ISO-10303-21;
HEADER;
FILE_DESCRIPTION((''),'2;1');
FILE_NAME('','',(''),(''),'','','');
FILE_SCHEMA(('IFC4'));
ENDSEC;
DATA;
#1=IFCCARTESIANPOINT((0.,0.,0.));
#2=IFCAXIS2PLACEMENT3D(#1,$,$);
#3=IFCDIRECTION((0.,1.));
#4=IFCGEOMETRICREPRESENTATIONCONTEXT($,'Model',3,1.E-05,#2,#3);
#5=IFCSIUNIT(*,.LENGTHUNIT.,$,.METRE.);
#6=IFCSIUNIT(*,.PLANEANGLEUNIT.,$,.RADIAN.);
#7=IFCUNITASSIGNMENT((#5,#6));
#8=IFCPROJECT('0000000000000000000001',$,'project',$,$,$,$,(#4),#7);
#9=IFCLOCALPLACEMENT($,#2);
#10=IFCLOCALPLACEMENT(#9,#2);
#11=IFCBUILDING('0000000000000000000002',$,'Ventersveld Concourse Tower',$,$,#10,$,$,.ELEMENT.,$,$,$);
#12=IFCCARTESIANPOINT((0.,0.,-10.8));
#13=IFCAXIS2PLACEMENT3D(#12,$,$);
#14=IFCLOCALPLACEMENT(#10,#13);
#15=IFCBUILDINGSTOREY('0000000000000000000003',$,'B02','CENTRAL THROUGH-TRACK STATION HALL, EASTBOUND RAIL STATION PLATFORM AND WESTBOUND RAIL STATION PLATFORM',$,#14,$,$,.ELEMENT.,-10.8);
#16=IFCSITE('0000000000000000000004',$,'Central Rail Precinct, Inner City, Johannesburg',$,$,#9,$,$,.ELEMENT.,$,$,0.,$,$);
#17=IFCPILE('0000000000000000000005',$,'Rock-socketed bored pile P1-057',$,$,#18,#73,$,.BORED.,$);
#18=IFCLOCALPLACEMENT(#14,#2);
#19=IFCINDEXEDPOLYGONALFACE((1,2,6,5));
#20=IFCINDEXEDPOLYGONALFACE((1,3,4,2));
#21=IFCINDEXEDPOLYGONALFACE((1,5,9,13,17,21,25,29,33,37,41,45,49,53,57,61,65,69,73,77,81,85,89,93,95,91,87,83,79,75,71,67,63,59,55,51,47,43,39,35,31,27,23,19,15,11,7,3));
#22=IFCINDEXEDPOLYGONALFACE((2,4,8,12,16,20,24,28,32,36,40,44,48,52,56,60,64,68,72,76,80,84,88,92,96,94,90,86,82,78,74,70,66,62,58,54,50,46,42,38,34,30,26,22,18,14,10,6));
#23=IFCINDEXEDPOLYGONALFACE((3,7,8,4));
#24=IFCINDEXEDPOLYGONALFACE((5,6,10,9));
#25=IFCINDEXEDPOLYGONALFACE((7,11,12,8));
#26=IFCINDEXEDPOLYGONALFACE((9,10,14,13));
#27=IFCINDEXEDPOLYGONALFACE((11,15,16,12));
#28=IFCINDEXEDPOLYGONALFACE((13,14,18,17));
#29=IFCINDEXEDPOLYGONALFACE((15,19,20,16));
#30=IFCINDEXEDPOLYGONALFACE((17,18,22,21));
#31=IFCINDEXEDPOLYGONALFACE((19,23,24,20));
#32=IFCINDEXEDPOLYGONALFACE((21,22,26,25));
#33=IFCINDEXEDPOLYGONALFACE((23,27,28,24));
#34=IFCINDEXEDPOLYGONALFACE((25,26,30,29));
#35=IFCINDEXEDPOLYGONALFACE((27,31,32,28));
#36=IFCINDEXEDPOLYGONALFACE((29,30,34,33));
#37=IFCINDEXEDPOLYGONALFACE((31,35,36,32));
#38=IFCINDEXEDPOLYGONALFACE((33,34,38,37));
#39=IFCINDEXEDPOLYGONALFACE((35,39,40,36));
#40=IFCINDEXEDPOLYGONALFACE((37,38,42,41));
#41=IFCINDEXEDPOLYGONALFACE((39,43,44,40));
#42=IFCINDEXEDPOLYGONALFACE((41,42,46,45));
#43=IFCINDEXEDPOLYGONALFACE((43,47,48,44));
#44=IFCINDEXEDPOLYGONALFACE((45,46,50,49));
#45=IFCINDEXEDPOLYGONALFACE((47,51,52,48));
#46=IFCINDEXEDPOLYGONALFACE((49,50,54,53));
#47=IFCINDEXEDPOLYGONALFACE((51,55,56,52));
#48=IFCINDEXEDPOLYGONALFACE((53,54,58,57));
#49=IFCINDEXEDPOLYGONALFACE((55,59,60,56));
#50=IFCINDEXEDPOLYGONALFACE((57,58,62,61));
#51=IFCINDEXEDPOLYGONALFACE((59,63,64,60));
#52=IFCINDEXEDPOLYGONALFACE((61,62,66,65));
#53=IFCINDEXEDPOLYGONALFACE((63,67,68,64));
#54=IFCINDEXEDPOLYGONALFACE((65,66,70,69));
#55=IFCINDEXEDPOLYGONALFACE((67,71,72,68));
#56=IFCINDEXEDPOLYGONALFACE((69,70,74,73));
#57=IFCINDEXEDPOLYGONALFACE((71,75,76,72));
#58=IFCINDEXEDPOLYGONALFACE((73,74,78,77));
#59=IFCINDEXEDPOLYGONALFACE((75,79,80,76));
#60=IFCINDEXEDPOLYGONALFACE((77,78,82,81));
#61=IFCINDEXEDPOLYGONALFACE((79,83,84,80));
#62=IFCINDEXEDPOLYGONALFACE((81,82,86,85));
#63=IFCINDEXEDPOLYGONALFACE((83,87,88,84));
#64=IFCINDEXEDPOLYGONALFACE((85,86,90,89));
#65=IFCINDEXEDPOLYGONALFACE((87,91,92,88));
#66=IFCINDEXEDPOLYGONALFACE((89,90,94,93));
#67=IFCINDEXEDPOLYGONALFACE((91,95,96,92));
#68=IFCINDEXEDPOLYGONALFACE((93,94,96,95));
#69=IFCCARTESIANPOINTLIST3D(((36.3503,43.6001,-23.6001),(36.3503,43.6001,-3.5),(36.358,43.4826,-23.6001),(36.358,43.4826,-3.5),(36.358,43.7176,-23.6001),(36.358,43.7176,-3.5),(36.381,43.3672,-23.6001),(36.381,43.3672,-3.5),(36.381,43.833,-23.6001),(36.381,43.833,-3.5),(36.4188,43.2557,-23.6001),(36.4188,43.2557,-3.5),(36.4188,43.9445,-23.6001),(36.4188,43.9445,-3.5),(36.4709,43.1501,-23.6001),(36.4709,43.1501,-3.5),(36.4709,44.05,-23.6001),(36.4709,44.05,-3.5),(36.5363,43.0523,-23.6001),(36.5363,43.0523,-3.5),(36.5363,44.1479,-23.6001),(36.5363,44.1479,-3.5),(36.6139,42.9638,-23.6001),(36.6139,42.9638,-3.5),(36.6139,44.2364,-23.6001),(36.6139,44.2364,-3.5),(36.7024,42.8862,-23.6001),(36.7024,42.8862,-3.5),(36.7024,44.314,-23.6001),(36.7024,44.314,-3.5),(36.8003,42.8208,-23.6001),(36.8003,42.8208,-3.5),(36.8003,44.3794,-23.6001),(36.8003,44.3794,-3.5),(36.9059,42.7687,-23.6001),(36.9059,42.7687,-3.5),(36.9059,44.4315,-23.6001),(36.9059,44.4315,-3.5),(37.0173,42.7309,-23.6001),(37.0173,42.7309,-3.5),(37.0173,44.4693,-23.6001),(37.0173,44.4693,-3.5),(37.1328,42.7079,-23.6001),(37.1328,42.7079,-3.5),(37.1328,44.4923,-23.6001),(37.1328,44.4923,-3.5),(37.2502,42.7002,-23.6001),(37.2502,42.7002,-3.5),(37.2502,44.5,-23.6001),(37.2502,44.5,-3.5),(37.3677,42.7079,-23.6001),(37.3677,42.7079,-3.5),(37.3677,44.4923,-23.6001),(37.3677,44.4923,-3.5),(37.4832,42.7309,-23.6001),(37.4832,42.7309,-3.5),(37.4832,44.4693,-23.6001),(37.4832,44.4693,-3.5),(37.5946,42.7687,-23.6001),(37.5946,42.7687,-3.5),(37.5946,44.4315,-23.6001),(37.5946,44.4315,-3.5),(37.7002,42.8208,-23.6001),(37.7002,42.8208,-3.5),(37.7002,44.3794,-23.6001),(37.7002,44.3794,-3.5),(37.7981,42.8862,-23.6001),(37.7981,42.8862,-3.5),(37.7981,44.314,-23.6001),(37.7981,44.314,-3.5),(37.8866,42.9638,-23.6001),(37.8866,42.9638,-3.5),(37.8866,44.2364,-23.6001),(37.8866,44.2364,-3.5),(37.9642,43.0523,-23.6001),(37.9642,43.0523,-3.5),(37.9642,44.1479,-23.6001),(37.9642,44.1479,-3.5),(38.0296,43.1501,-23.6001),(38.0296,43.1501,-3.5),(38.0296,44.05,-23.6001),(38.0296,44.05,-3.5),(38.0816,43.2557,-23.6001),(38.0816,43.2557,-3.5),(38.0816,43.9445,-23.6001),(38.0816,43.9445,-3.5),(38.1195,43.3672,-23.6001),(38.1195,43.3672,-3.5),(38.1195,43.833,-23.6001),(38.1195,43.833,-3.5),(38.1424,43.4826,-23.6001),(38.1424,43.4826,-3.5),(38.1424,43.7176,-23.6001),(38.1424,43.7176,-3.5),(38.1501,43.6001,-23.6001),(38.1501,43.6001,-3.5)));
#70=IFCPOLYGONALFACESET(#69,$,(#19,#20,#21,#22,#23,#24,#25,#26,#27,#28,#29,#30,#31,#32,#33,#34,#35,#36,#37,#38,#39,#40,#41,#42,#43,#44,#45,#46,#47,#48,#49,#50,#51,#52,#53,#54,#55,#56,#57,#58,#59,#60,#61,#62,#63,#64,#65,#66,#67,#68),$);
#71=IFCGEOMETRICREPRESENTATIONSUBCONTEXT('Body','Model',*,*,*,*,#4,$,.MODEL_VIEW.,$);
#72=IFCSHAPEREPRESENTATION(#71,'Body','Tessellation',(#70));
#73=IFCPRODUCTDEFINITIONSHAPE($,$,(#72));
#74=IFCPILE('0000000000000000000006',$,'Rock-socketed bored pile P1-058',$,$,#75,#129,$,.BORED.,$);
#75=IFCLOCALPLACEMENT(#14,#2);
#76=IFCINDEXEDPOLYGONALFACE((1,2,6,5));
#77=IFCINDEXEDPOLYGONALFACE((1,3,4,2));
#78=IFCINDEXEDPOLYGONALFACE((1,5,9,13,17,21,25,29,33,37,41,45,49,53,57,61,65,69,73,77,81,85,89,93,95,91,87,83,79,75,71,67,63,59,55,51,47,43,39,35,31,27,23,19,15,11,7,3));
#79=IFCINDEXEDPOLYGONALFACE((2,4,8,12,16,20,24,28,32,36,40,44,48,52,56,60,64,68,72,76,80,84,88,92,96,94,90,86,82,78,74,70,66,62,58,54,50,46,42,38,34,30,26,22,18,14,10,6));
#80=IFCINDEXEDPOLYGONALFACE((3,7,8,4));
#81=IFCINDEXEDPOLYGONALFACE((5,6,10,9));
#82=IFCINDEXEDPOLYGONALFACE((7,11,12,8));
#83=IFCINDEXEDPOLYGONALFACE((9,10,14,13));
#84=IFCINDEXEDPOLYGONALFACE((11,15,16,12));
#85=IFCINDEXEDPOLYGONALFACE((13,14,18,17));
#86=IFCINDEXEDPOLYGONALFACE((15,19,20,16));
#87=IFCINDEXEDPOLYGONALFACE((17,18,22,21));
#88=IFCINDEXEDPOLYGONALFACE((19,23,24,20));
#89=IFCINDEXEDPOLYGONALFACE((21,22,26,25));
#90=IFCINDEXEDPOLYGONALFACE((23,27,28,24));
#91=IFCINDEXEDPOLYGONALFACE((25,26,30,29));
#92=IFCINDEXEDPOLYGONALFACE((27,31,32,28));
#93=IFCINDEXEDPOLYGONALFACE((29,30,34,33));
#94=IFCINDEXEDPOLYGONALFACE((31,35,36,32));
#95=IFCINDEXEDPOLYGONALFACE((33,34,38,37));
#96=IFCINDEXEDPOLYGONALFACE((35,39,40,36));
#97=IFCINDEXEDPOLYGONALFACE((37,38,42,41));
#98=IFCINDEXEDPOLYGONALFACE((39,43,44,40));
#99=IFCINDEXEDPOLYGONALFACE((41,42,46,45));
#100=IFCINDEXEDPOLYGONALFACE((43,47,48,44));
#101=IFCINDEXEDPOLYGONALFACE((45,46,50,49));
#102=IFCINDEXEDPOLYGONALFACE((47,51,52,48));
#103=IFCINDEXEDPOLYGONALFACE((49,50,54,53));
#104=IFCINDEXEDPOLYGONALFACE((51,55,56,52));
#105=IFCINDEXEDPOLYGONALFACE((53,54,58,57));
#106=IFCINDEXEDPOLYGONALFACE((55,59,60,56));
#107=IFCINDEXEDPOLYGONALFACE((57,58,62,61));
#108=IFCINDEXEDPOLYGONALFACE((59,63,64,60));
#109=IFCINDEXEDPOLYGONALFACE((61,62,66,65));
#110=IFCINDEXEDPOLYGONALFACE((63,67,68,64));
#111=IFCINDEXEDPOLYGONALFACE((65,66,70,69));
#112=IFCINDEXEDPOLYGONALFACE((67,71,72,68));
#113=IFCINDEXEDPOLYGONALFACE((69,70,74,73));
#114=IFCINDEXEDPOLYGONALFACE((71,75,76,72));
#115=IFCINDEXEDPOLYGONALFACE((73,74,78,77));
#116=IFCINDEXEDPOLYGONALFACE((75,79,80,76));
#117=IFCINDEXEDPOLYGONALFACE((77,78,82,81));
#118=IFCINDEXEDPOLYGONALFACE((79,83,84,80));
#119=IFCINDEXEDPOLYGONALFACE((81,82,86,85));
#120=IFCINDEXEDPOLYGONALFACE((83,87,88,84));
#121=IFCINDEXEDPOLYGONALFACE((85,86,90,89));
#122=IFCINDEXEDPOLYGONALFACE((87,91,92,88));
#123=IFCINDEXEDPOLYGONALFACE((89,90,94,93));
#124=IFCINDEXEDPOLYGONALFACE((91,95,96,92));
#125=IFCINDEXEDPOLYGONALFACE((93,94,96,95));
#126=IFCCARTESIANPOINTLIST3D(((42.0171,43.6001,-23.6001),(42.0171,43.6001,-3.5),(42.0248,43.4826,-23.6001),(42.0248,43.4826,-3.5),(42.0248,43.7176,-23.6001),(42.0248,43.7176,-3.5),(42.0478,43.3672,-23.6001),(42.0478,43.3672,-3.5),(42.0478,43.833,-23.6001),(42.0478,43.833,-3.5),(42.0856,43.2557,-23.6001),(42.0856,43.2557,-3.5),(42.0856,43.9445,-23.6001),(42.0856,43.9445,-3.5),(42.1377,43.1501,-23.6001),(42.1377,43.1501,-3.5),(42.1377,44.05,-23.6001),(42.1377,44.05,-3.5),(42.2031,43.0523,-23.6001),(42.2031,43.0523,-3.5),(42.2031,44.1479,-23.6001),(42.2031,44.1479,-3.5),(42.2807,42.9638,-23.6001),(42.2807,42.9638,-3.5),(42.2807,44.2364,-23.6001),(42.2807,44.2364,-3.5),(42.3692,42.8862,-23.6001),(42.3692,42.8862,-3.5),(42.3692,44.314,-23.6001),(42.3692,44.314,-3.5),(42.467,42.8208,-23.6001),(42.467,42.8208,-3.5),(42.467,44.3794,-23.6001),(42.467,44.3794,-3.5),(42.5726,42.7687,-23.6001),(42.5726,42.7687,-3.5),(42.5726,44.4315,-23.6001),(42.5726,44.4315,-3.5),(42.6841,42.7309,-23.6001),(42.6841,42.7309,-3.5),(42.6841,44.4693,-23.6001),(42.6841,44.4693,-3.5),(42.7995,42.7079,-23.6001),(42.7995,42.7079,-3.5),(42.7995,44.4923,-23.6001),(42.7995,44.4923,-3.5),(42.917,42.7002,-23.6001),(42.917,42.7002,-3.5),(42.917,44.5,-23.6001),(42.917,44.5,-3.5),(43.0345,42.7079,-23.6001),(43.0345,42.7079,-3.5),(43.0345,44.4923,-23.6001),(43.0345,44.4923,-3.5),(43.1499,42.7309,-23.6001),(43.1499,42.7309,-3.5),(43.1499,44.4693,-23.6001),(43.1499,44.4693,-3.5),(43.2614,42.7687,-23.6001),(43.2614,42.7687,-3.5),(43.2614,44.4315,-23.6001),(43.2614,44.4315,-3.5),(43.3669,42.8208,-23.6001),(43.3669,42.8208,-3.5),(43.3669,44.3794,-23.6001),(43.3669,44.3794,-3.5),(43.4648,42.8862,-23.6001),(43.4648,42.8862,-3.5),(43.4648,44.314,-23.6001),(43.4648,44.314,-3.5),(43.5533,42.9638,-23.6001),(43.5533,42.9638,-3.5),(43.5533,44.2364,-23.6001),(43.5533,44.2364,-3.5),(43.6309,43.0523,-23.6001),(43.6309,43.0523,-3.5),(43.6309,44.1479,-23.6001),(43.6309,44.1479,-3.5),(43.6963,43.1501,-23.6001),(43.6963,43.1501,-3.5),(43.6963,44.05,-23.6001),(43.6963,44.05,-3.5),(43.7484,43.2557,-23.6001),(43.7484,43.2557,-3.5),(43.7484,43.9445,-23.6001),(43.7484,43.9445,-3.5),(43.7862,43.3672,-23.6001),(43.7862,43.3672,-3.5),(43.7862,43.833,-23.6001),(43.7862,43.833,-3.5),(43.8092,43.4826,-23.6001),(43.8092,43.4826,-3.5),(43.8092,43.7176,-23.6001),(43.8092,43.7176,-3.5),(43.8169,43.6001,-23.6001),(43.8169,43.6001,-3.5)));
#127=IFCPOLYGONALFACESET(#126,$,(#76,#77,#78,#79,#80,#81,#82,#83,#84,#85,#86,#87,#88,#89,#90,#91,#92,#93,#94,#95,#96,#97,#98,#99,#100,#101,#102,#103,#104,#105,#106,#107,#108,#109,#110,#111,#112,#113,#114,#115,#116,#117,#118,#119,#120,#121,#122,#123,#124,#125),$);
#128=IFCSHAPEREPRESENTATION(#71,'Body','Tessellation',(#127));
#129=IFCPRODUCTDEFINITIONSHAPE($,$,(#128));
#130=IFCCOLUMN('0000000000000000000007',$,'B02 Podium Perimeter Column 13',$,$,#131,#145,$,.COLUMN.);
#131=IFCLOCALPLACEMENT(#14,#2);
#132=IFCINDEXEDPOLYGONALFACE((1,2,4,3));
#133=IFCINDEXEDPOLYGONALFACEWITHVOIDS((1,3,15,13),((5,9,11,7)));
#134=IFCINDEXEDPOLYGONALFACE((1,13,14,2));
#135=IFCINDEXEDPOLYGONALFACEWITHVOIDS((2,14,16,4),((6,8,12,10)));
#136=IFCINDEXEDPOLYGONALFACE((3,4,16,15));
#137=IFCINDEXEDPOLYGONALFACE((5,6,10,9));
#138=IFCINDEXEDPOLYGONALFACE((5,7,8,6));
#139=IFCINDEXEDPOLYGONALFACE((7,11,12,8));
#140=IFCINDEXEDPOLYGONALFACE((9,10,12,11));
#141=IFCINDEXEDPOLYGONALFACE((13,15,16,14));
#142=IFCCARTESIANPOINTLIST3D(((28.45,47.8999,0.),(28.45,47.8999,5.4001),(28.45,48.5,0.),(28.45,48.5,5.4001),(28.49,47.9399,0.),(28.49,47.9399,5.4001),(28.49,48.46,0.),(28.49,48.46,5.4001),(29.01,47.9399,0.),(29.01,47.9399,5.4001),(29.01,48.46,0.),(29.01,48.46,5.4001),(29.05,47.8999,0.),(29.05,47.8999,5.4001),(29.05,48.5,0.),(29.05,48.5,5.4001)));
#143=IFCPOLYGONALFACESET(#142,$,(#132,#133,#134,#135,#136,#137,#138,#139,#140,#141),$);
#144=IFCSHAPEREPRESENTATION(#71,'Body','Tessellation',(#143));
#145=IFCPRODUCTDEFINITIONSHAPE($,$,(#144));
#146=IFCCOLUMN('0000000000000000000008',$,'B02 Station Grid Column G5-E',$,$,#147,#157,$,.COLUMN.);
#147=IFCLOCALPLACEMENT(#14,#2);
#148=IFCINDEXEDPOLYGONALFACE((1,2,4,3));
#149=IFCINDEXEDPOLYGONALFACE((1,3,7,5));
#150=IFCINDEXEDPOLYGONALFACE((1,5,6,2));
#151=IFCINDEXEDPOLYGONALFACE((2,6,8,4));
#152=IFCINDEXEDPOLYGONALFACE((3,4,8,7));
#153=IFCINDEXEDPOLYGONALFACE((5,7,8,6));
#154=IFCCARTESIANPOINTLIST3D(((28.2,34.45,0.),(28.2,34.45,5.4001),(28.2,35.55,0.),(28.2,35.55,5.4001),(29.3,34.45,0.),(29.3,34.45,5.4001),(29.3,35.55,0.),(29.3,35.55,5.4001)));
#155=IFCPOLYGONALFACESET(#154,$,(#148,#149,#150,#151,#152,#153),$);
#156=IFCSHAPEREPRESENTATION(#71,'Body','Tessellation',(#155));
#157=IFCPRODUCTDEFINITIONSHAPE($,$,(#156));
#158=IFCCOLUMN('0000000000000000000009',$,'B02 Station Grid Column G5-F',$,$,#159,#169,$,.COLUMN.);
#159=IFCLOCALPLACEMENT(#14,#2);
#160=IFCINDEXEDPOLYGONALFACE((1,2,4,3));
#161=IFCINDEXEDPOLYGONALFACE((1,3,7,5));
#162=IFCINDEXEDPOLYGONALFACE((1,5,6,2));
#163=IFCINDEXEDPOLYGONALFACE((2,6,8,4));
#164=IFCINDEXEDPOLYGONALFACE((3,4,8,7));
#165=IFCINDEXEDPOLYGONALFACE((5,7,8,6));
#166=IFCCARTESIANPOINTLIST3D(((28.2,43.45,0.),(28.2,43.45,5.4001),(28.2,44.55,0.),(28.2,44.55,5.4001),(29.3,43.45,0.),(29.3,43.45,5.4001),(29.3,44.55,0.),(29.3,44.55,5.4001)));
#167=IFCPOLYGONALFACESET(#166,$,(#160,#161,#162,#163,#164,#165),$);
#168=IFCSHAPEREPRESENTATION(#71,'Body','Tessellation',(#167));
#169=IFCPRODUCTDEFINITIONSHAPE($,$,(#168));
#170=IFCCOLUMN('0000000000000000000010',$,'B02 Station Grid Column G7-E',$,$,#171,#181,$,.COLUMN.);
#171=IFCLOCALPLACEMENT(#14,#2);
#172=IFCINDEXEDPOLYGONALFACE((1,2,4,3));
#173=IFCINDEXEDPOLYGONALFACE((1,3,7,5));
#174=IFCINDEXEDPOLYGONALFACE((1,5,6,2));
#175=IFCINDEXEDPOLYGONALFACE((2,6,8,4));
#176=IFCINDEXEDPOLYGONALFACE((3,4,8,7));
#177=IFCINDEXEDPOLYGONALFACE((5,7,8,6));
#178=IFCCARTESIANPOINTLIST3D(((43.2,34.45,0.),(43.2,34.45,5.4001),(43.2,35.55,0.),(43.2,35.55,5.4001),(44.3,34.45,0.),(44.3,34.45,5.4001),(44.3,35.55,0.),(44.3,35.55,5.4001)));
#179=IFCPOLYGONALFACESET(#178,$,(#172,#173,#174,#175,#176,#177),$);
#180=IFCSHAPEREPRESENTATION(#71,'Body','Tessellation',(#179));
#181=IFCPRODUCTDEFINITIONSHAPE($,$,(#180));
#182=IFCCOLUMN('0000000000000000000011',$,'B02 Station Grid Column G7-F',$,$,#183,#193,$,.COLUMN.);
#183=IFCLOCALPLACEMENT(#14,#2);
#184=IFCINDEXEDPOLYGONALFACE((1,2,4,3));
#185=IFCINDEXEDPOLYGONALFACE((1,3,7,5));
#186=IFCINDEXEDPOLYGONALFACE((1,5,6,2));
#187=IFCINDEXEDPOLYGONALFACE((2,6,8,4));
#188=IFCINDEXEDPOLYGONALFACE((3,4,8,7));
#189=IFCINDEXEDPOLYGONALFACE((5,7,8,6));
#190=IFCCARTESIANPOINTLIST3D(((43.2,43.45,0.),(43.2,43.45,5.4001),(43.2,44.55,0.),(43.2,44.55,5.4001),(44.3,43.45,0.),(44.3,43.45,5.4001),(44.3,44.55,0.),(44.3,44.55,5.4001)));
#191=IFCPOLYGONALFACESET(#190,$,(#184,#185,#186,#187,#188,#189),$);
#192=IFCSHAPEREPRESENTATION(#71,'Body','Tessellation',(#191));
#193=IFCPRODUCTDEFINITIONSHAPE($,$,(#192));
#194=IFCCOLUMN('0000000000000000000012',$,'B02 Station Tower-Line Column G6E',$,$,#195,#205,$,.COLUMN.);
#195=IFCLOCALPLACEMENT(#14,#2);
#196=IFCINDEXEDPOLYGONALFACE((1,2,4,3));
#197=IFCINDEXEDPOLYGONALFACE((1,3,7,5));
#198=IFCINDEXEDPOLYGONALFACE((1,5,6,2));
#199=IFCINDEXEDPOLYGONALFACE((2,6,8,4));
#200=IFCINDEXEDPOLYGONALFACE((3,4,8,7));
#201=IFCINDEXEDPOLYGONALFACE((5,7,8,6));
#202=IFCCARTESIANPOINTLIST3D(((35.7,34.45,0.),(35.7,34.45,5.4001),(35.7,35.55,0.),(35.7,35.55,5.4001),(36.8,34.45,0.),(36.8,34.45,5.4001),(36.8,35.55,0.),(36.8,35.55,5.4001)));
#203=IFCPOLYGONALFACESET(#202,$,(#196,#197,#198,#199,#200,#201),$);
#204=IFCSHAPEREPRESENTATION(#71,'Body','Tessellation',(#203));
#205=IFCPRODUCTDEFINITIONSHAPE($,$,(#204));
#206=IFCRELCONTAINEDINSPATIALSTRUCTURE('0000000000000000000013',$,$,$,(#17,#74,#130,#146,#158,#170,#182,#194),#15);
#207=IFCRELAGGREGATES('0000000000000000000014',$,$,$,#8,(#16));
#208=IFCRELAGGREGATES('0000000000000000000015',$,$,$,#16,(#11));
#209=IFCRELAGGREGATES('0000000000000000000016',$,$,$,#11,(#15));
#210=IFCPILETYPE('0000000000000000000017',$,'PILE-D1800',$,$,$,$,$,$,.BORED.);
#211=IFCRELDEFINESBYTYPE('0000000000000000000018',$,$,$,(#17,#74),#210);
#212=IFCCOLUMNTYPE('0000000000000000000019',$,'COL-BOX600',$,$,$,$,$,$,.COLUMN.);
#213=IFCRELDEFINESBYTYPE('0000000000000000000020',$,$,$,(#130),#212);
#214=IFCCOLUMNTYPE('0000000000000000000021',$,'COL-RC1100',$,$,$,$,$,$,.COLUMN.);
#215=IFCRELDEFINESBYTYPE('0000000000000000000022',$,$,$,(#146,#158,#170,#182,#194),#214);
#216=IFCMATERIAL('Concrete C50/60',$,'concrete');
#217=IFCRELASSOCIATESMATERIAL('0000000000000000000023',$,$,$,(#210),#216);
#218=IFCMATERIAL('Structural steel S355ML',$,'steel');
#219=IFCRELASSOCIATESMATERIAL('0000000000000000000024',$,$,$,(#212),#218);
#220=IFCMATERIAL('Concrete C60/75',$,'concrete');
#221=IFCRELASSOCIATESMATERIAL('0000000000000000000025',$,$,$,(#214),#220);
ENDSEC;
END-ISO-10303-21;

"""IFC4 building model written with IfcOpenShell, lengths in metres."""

from ifc_helpers import new_model, si_unit, direction, frame, origin, origin_2d, place, context, subcontext, project, spatial, rectangle, hollow_rectangle, circle, extrude, material, material_profile, profile_set, type_object, element, save


model = new_model("IFC4")

# Units and contexts
model_context = context("Model", 3, precision=1e-05, world=origin(), true_north=direction((0.0, 1.0)))
body_context = subcontext(model_context, "Body", "Model", "MODEL_VIEW")
ifc_project = project(units=[si_unit("LENGTHUNIT", "METRE"), si_unit("PLANEANGLEUNIT", "RADIAN")], contexts=[model_context])

# Site, building, storey
site_placement = place(None, origin())
site = spatial("IfcSite", under=ifc_project, at=site_placement, Name="Central Rail Precinct, Inner City, Johannesburg", CompositionType="ELEMENT", RefElevation=0.0)
building_placement = place(site_placement, origin())
building = spatial("IfcBuilding", under=site, at=building_placement, Name="Ventersveld Concourse Tower", CompositionType="ELEMENT")
storey_placement = place(building_placement, frame((0.0, 0.0, -10.8)))
storey = spatial("IfcBuildingStorey", under=building, at=storey_placement, Name="B02", Description="CENTRAL THROUGH-TRACK STATION HALL, EASTBOUND RAIL STATION PLATFORM AND WESTBOUND RAIL STATION PLATFORM", CompositionType="ELEMENT", Elevation=-10.8)

# Piles
ifc_material_1 = material(Name="Concrete C50/60", Category="concrete")
ifc_material_profile_1 = material_profile(ifc_material_1, circle(Radius=0.8999, at=origin_2d()), Name="PILE D1800")
ifc_profile_set_1 = profile_set([ifc_material_profile_1], Name="Concrete C50/60")
pile_type = type_object("IfcPileType", Name="PILE-D1800", PredefinedType="BORED", material=ifc_profile_set_1)
for number, where, z_axis, x_axis, name in (
    (1, (37.2502, 43.6001, -3.5), (0.0, 0.0, -1.0), (1.0, 0.0, 0.0), "Rock-socketed bored pile P1-057"),
    (2, (42.917, 43.6001, -3.5), (0.0, 0.0, -1.0), (1.0, 0.0, 0.0), "Rock-socketed bored pile P1-058"),
):
    element("IfcPile", number, at=place(storey_placement, frame(where, z_axis=z_axis, x_axis=x_axis)), inside=storey, type_object=pile_type, Name=name, PredefinedType="BORED", context=body_context, shape_type="SweptSolid", body=[
        extrude(circle(Radius=0.8999, at=origin_2d()), origin(), (0.0, 0.0, 1.0), 20.1001),
    ])

# Columns
ifc_material_2 = material(Name="Structural steel S355ML", Category="steel")
ifc_material_profile_2 = material_profile(ifc_material_2, hollow_rectangle(XDim=0.6001, YDim=0.6001, WallThickness=0.04, at=origin_2d()), Name="BOX 600x600x40")
ifc_profile_set_2 = profile_set([ifc_material_profile_2], Name="Structural steel S355ML")
column_type_1 = type_object("IfcColumnType", Name="COL-BOX600", PredefinedType="COLUMN", material=ifc_profile_set_2)
column_placement = place(storey_placement, frame((28.75, 48.2, 0.0), z_axis=(0.0, 0.0, 1.0), x_axis=(1.0, 0.0, 0.0)))
element("IfcColumn", 3, at=column_placement, inside=storey, type_object=column_type_1, Name="B02 Podium Perimeter Column 13", PredefinedType="COLUMN", context=body_context, shape_type="SweptSolid", body=[
    extrude(hollow_rectangle(XDim=0.6001, YDim=0.6001, WallThickness=0.04, at=origin_2d()), origin(), (0.0, 0.0, 1.0), 5.4001),
])
ifc_material_3 = material(Name="Concrete C60/75", Category="concrete")
ifc_material_profile_3 = material_profile(ifc_material_3, rectangle(XDim=1.1001, YDim=1.1001, at=origin_2d()), Name="RC 1100x1100")
ifc_profile_set_3 = profile_set([ifc_material_profile_3], Name="Concrete C60/75")
column_type_2 = type_object("IfcColumnType", Name="COL-RC1100", PredefinedType="COLUMN", material=ifc_profile_set_3)
for number, where, z_axis, x_axis, name in (
    (4, (28.75, 35.0, 0.0), (0.0, 0.0, 1.0), (1.0, 0.0, 0.0), "B02 Station Grid Column G5-E"),
    (5, (28.75, 44.0, 0.0), (0.0, 0.0, 1.0), (1.0, 0.0, 0.0), "B02 Station Grid Column G5-F"),
    (6, (43.75, 35.0, 0.0), (0.0, 0.0, 1.0), (1.0, 0.0, 0.0), "B02 Station Grid Column G7-E"),
    (7, (43.75, 44.0, 0.0), (0.0, 0.0, 1.0), (1.0, 0.0, 0.0), "B02 Station Grid Column G7-F"),
    (8, (36.25, 35.0, 0.0), (0.0, 0.0, 1.0), (1.0, 0.0, 0.0), "B02 Station Tower-Line Column G6E"),
):
    element("IfcColumn", number, at=place(storey_placement, frame(where, z_axis=z_axis, x_axis=x_axis)), inside=storey, type_object=column_type_2, Name=name, PredefinedType="COLUMN", context=body_context, shape_type="SweptSolid", body=[
        extrude(rectangle(XDim=1.1001, YDim=1.1001, at=origin_2d()), origin(), (0.0, 0.0, 1.0), 5.4001),
    ])

save(model, "model.ifc")
